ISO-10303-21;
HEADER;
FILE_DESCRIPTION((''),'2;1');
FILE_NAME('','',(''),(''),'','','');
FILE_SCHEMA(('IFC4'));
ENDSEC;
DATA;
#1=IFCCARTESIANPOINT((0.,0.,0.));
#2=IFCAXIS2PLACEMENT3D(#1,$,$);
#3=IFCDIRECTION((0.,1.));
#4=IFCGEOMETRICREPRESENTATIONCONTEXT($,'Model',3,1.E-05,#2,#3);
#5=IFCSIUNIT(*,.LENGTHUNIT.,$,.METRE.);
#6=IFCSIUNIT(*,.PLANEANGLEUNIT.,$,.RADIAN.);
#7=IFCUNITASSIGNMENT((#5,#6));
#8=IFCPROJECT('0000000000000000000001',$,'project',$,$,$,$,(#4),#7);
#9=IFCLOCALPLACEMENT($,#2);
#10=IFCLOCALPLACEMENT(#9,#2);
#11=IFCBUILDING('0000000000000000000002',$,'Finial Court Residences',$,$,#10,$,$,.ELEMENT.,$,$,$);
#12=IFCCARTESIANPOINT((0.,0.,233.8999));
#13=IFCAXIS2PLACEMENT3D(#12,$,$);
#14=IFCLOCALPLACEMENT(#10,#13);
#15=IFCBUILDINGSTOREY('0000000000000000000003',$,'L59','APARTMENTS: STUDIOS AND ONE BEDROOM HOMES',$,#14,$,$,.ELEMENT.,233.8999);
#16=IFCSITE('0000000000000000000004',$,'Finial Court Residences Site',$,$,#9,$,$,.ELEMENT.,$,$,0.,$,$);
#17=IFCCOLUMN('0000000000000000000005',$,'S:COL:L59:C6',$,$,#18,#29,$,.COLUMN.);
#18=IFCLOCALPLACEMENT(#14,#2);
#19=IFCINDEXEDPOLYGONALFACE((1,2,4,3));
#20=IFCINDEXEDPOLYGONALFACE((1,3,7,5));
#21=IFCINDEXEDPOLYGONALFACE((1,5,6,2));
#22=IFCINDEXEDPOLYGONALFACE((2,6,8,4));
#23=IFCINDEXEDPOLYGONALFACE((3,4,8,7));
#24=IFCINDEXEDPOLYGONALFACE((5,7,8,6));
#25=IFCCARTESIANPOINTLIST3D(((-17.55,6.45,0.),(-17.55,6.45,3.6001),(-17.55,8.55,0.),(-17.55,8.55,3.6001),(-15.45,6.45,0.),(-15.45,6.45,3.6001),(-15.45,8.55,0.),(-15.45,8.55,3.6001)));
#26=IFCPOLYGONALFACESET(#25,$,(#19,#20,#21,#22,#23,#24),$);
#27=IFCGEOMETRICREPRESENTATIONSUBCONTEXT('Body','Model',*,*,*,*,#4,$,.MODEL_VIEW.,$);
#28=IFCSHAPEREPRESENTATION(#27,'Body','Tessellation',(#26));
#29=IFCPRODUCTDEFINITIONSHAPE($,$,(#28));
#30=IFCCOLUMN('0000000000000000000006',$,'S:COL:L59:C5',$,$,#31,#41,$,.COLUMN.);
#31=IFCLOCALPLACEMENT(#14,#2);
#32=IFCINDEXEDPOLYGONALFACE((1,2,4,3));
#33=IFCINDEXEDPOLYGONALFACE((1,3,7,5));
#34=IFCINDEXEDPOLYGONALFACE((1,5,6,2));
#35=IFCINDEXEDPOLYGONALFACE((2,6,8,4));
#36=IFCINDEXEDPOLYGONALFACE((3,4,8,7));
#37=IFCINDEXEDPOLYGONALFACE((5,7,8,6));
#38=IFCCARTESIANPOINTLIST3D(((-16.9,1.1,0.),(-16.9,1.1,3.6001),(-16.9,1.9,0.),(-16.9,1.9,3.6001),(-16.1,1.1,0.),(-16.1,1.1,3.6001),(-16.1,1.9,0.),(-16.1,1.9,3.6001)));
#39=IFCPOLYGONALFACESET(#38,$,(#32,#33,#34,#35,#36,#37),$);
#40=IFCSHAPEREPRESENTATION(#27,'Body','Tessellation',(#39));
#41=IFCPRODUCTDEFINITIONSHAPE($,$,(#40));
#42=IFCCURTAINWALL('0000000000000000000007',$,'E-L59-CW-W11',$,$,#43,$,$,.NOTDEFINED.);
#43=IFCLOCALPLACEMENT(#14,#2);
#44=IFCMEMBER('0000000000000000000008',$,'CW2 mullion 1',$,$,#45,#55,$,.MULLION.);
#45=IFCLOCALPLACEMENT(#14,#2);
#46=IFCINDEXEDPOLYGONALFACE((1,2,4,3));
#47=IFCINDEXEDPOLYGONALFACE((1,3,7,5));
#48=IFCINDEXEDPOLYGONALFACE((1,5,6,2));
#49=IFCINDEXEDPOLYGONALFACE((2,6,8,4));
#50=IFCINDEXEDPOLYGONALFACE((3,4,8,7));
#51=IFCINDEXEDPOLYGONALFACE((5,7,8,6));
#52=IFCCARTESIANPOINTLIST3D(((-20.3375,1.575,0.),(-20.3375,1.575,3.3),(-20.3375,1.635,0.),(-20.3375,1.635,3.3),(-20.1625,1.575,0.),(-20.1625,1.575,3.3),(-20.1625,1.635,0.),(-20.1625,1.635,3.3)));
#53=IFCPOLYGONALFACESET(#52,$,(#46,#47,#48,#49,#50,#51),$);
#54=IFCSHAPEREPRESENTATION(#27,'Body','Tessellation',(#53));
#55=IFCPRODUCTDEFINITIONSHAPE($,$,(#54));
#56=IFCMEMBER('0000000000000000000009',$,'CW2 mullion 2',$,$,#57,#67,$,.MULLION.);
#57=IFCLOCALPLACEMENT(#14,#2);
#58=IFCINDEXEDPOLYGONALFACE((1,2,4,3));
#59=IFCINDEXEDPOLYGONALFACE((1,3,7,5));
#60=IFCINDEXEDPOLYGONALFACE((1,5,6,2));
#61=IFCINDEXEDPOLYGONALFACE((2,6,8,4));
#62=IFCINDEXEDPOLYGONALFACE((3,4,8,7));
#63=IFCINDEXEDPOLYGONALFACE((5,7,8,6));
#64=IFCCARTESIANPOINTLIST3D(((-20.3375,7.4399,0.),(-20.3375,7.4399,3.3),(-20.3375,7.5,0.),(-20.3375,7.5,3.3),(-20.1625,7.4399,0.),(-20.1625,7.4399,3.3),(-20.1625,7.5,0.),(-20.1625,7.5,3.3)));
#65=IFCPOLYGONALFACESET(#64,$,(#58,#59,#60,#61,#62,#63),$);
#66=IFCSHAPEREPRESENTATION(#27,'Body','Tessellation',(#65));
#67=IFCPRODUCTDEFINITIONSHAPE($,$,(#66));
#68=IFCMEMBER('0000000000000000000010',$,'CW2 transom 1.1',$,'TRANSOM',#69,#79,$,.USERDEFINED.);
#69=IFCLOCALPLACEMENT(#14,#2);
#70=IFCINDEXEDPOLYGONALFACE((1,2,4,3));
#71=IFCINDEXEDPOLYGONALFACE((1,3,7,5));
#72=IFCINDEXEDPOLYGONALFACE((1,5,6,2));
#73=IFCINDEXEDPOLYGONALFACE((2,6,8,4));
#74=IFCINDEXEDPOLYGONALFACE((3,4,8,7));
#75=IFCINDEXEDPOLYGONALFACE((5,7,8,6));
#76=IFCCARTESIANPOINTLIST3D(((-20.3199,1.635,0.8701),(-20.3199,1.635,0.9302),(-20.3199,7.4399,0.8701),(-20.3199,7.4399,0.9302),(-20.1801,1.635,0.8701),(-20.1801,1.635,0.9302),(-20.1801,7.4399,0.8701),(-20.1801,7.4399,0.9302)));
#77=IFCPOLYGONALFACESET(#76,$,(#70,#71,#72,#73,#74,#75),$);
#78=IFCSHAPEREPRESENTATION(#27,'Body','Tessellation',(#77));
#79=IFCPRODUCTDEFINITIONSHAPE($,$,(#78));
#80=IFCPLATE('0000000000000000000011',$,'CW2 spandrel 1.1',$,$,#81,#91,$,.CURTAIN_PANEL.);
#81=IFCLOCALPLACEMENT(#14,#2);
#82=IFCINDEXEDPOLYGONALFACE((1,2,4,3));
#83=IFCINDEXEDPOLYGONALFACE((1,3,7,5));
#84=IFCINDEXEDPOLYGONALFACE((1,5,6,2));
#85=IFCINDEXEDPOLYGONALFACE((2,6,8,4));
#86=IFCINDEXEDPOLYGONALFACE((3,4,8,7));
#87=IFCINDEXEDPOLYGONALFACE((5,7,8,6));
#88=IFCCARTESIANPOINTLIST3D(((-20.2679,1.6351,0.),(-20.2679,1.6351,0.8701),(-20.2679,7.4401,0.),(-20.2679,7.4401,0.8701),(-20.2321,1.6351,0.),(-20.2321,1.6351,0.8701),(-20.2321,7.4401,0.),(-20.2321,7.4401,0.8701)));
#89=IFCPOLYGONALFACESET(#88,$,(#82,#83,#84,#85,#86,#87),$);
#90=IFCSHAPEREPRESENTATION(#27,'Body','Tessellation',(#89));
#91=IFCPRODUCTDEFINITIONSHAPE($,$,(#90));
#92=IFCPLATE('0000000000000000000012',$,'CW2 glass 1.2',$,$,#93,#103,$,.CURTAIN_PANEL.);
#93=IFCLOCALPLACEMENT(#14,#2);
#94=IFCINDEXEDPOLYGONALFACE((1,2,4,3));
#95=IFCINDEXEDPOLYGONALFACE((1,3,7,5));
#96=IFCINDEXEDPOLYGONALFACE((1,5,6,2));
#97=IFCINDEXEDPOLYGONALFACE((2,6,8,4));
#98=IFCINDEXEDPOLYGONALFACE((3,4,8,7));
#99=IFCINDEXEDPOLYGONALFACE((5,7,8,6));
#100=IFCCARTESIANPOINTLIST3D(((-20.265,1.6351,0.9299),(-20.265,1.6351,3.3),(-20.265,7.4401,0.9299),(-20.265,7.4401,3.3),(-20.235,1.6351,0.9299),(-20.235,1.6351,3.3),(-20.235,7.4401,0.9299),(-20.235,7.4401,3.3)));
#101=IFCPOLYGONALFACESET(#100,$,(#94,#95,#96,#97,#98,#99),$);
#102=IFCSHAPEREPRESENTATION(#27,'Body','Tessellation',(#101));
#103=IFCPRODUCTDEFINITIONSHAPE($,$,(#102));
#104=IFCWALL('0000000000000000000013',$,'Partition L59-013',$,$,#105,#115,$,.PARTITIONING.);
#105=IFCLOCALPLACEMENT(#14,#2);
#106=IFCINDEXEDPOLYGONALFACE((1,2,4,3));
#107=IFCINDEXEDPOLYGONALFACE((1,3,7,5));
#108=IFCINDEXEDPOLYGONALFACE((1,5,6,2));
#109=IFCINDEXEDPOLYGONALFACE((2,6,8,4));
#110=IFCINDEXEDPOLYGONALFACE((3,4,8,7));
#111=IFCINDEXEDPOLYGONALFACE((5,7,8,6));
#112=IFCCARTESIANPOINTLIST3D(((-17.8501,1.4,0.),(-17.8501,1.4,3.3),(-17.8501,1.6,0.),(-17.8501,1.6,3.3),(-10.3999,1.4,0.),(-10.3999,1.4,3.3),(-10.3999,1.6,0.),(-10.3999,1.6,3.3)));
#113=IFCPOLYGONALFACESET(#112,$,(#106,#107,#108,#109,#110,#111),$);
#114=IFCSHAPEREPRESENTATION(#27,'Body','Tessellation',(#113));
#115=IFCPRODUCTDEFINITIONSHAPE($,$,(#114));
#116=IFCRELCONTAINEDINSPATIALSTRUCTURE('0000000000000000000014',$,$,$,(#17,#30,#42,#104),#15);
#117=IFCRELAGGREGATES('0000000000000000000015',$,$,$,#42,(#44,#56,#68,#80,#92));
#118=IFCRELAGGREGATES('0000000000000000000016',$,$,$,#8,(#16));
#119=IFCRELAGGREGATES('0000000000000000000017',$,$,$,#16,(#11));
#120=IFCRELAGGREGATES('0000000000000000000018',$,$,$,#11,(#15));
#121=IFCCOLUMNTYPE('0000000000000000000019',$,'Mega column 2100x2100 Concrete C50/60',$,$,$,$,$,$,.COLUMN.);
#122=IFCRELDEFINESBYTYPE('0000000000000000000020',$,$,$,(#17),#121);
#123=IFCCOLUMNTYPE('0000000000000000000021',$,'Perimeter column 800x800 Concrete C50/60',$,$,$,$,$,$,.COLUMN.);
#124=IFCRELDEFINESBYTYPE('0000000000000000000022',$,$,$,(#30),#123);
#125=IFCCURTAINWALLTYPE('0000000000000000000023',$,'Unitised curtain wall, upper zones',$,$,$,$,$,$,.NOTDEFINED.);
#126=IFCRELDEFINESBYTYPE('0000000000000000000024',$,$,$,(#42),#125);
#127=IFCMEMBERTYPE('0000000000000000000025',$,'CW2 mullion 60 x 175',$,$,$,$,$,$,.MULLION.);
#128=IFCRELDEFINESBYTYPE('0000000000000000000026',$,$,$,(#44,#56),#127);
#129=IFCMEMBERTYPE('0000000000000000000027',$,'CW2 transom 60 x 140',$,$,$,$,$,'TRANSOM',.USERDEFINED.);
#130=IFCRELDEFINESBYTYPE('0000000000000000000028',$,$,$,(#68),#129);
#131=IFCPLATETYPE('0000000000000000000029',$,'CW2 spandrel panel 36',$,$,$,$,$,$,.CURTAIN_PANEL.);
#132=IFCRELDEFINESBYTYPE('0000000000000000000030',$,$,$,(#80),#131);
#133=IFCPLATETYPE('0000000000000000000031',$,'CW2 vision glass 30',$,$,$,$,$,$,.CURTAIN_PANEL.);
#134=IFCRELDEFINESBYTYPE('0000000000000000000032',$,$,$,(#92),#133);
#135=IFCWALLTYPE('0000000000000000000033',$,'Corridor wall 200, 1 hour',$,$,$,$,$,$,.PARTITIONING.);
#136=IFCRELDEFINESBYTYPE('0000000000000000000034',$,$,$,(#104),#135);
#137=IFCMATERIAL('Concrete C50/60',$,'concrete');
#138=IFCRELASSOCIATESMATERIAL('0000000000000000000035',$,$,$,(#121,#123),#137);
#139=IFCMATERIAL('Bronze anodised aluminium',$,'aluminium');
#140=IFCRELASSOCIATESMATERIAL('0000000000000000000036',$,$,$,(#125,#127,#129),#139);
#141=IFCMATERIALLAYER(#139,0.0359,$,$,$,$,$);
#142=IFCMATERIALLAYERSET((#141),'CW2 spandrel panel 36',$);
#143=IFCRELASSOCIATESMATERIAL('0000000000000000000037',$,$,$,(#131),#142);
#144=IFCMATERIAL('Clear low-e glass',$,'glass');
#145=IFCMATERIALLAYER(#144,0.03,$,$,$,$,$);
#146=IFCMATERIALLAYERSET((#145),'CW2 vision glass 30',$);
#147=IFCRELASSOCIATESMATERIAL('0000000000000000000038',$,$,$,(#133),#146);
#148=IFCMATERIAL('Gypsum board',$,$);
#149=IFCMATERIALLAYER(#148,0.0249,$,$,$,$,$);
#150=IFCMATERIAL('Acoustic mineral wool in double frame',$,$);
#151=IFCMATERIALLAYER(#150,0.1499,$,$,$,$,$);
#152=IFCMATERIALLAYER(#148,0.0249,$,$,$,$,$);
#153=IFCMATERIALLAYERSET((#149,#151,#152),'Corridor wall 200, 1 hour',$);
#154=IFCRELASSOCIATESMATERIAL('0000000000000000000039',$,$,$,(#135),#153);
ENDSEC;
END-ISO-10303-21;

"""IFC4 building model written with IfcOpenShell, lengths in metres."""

from ifc_helpers import new_model, si_unit, direction, frame, frame_2d, origin, origin_2d, place, context, subcontext, project, spatial, rectangle, extrude, material, layer, layer_set, material_profile, profile_set, type_object, element, aggregate, save


model = new_model("IFC4")

# Units and contexts
model_context = context("Model", 3, precision=1e-05, world=origin(), true_north=direction((0.0, 1.0)))
body_context = subcontext(model_context, "Body", "Model", "MODEL_VIEW")
ifc_project = project(units=[si_unit("LENGTHUNIT", "METRE"), si_unit("PLANEANGLEUNIT", "RADIAN")], contexts=[model_context])

# Site, building, storey
site_placement = place(None, origin())
site = spatial("IfcSite", under=ifc_project, at=site_placement, Name="Finial Court Residences Site", CompositionType="ELEMENT", RefElevation=0.0)
building_placement = place(site_placement, origin())
building = spatial("IfcBuilding", under=site, at=building_placement, Name="Finial Court Residences", CompositionType="ELEMENT")
storey_placement = place(building_placement, frame((0.0, 0.0, 233.8999)))
storey = spatial("IfcBuildingStorey", under=building, at=storey_placement, Name="L59", Description="APARTMENTS: STUDIOS AND ONE BEDROOM HOMES", CompositionType="ELEMENT", Elevation=233.8999)

# Columns
ifc_material_1 = material(Name="Concrete C50/60", Category="concrete")
ifc_material_profile_1 = material_profile(ifc_material_1, rectangle(XDim=2.1001, YDim=2.1001, at=origin_2d()), Name="2100x2100")
ifc_profile_set_1 = profile_set([ifc_material_profile_1], Name="Concrete C50/60")
column_type_1 = type_object("IfcColumnType", Name="Mega column 2100x2100 Concrete C50/60", PredefinedType="COLUMN", material=ifc_profile_set_1)
column_1_placement = place(storey_placement, frame((-16.5, 7.5, 0.0), z_axis=(0.0, 0.0, 1.0), x_axis=(1.0, 0.0, 0.0)))
element("IfcColumn", 1, at=column_1_placement, inside=storey, type_object=column_type_1, Name="S:COL:L59:C6", PredefinedType="COLUMN", context=body_context, shape_type="SweptSolid", body=[
    extrude(rectangle(XDim=2.1001, YDim=2.1001, at=origin_2d()), origin(), (0.0, 0.0, 1.0), 3.6001),
])
ifc_material_profile_2 = material_profile(ifc_material_1, rectangle(XDim=0.8, YDim=0.8, at=origin_2d()), Name="800x800")
ifc_profile_set_2 = profile_set([ifc_material_profile_2], Name="Concrete C50/60")
column_type_2 = type_object("IfcColumnType", Name="Perimeter column 800x800 Concrete C50/60", PredefinedType="COLUMN", material=ifc_profile_set_2)
column_2_placement = place(storey_placement, frame((-16.5, 1.5, 0.0), z_axis=(0.0, 0.0, 1.0), x_axis=(1.0, 0.0, 0.0)))
element("IfcColumn", 2, at=column_2_placement, inside=storey, type_object=column_type_2, Name="S:COL:L59:C5", PredefinedType="COLUMN", context=body_context, shape_type="SweptSolid", body=[
    extrude(rectangle(XDim=0.8, YDim=0.8, at=origin_2d()), origin(), (0.0, 0.0, 1.0), 3.6001),
])

# Curtain wall, members, plates
ifc_material_2 = material(Name="Bronze anodised aluminium", Category="aluminium")
curtain_wall_type = type_object("IfcCurtainWallType", Name="Unitised curtain wall, upper zones", PredefinedType="NOTDEFINED", material=ifc_material_2)
curtain_wall_placement = place(storey_placement, origin())
curtain_wall = element("IfcCurtainWall", 3, at=curtain_wall_placement, inside=storey, type_object=curtain_wall_type, Name="E-L59-CW-W11", PredefinedType="NOTDEFINED")
ifc_material_profile_3 = material_profile(ifc_material_2, rectangle(XDim=0.175, YDim=0.0601, at=origin_2d()), Name="CW2 mullion 60 x 175")
ifc_profile_set_3 = profile_set([ifc_material_profile_3], Name="Bronze anodised aluminium")
member_type_1 = type_object("IfcMemberType", Name="CW2 mullion 60 x 175", PredefinedType="MULLION", material=ifc_profile_set_3)
member_1_placement = place(storey_placement, frame((-20.25, 1.605, 0.0), z_axis=(0.0, 0.0, 1.0), x_axis=(-1.0, 0.0, 0.0)))
member_1 = element("IfcMember", 4, at=member_1_placement, type_object=member_type_1, Name="CW2 mullion 1", PredefinedType="MULLION", context=body_context, shape_type="SweptSolid", body=[
    extrude(rectangle(XDim=0.175, YDim=0.0601, at=origin_2d()), origin(), (0.0, 0.0, 1.0), 3.3),
])
member_2_placement = place(storey_placement, frame((-20.25, 7.47, 0.0), z_axis=(0.0, 0.0, 1.0), x_axis=(-1.0, 0.0, 0.0)))
member_2 = element("IfcMember", 5, at=member_2_placement, type_object=member_type_1, Name="CW2 mullion 2", PredefinedType="MULLION", context=body_context, shape_type="SweptSolid", body=[
    extrude(rectangle(XDim=0.175, YDim=0.0601, at=origin_2d()), origin(), (0.0, 0.0, 1.0), 3.3),
])
ifc_material_profile_4 = material_profile(ifc_material_2, rectangle(XDim=0.1399, YDim=0.0601, at=origin_2d()), Name="CW2 transom 60 x 140")
ifc_profile_set_4 = profile_set([ifc_material_profile_4], Name="Bronze anodised aluminium")
member_type_2 = type_object("IfcMemberType", Name="CW2 transom 60 x 140", ElementType="TRANSOM", PredefinedType="USERDEFINED", material=ifc_profile_set_4)
member_3_placement = place(storey_placement, frame((-20.25, 1.635, 0.9001), z_axis=(0.0, 1.0, 0.0), x_axis=(-1.0, 0.0, 0.0)))
member_3 = element("IfcMember", 6, at=member_3_placement, type_object=member_type_2, Name="CW2 transom 1.1", ObjectType="TRANSOM", PredefinedType="USERDEFINED", context=body_context, shape_type="SweptSolid", body=[
    extrude(rectangle(XDim=0.1399, YDim=0.0601, at=origin_2d()), origin(), (0.0, 0.0, 1.0), 5.8049),
])
ifc_layer_1 = layer(ifc_material_2, 0.0359)
ifc_layer_set_1 = layer_set([ifc_layer_1], Name="CW2 spandrel panel 36")
plate_type_1 = type_object("IfcPlateType", Name="CW2 spandrel panel 36", PredefinedType="CURTAIN_PANEL", material=ifc_layer_set_1)
plate_1_placement = place(storey_placement, frame((-20.25, 4.5376, 0.0), z_axis=(0.0, 0.0, 1.0), x_axis=(0.0, 1.0, 0.0)))
plate_1 = element("IfcPlate", 7, at=plate_1_placement, type_object=plate_type_1, Name="CW2 spandrel 1.1", PredefinedType="CURTAIN_PANEL", context=body_context, shape_type="SweptSolid", body=[
    extrude(rectangle(XDim=5.8049, YDim=0.0359, at=origin_2d()), origin(), (0.0, 0.0, 1.0), 0.8701),
])
ifc_material_3 = material(Name="Clear low-e glass", Category="glass")
ifc_layer_2 = layer(ifc_material_3, 0.03)
ifc_layer_set_2 = layer_set([ifc_layer_2], Name="CW2 vision glass 30")
plate_type_2 = type_object("IfcPlateType", Name="CW2 vision glass 30", PredefinedType="CURTAIN_PANEL", material=ifc_layer_set_2)
plate_2_placement = place(storey_placement, frame((-20.25, 4.5376, 0.9299), z_axis=(0.0, 0.0, 1.0), x_axis=(0.0, 1.0, 0.0)))
plate_2 = element("IfcPlate", 8, at=plate_2_placement, type_object=plate_type_2, Name="CW2 glass 1.2", PredefinedType="CURTAIN_PANEL", context=body_context, shape_type="SweptSolid", body=[
    extrude(rectangle(XDim=5.8049, YDim=0.03, at=origin_2d()), origin(), (0.0, 0.0, 1.0), 2.3701),
])
aggregate(curtain_wall, [member_1, member_2, member_3, plate_1, plate_2])

# Wall
ifc_material_4 = material(Name="Gypsum board")
ifc_layer_3 = layer(ifc_material_4, 0.0249)
ifc_material_5 = material(Name="Acoustic mineral wool in double frame")
ifc_layer_4 = layer(ifc_material_5, 0.1499)
ifc_layer_5 = layer(ifc_material_4, 0.0249)
ifc_layer_set_3 = layer_set([ifc_layer_3, ifc_layer_4, ifc_layer_5], Name="Corridor wall 200, 1 hour")
wall_type_1 = type_object("IfcWallType", Name="Corridor wall 200, 1 hour", PredefinedType="PARTITIONING", material=ifc_layer_set_3)
wall_1_placement = place(storey_placement, frame((-17.8501, 1.5, 0.0), z_axis=(0.0, 0.0, 1.0), x_axis=(1.0, 0.0, 0.0)))
element("IfcWall", 9, at=wall_1_placement, inside=storey, type_object=wall_type_1, Name="Partition L59-013", PredefinedType="PARTITIONING", context=body_context, shape_type="SweptSolid", body=[
    extrude(rectangle(XDim=7.4502, YDim=0.2, at=frame_2d((3.7251, 0.0))), origin(), (0.0, 0.0, 1.0), 3.3),
])

save(model, "model.ifc")
